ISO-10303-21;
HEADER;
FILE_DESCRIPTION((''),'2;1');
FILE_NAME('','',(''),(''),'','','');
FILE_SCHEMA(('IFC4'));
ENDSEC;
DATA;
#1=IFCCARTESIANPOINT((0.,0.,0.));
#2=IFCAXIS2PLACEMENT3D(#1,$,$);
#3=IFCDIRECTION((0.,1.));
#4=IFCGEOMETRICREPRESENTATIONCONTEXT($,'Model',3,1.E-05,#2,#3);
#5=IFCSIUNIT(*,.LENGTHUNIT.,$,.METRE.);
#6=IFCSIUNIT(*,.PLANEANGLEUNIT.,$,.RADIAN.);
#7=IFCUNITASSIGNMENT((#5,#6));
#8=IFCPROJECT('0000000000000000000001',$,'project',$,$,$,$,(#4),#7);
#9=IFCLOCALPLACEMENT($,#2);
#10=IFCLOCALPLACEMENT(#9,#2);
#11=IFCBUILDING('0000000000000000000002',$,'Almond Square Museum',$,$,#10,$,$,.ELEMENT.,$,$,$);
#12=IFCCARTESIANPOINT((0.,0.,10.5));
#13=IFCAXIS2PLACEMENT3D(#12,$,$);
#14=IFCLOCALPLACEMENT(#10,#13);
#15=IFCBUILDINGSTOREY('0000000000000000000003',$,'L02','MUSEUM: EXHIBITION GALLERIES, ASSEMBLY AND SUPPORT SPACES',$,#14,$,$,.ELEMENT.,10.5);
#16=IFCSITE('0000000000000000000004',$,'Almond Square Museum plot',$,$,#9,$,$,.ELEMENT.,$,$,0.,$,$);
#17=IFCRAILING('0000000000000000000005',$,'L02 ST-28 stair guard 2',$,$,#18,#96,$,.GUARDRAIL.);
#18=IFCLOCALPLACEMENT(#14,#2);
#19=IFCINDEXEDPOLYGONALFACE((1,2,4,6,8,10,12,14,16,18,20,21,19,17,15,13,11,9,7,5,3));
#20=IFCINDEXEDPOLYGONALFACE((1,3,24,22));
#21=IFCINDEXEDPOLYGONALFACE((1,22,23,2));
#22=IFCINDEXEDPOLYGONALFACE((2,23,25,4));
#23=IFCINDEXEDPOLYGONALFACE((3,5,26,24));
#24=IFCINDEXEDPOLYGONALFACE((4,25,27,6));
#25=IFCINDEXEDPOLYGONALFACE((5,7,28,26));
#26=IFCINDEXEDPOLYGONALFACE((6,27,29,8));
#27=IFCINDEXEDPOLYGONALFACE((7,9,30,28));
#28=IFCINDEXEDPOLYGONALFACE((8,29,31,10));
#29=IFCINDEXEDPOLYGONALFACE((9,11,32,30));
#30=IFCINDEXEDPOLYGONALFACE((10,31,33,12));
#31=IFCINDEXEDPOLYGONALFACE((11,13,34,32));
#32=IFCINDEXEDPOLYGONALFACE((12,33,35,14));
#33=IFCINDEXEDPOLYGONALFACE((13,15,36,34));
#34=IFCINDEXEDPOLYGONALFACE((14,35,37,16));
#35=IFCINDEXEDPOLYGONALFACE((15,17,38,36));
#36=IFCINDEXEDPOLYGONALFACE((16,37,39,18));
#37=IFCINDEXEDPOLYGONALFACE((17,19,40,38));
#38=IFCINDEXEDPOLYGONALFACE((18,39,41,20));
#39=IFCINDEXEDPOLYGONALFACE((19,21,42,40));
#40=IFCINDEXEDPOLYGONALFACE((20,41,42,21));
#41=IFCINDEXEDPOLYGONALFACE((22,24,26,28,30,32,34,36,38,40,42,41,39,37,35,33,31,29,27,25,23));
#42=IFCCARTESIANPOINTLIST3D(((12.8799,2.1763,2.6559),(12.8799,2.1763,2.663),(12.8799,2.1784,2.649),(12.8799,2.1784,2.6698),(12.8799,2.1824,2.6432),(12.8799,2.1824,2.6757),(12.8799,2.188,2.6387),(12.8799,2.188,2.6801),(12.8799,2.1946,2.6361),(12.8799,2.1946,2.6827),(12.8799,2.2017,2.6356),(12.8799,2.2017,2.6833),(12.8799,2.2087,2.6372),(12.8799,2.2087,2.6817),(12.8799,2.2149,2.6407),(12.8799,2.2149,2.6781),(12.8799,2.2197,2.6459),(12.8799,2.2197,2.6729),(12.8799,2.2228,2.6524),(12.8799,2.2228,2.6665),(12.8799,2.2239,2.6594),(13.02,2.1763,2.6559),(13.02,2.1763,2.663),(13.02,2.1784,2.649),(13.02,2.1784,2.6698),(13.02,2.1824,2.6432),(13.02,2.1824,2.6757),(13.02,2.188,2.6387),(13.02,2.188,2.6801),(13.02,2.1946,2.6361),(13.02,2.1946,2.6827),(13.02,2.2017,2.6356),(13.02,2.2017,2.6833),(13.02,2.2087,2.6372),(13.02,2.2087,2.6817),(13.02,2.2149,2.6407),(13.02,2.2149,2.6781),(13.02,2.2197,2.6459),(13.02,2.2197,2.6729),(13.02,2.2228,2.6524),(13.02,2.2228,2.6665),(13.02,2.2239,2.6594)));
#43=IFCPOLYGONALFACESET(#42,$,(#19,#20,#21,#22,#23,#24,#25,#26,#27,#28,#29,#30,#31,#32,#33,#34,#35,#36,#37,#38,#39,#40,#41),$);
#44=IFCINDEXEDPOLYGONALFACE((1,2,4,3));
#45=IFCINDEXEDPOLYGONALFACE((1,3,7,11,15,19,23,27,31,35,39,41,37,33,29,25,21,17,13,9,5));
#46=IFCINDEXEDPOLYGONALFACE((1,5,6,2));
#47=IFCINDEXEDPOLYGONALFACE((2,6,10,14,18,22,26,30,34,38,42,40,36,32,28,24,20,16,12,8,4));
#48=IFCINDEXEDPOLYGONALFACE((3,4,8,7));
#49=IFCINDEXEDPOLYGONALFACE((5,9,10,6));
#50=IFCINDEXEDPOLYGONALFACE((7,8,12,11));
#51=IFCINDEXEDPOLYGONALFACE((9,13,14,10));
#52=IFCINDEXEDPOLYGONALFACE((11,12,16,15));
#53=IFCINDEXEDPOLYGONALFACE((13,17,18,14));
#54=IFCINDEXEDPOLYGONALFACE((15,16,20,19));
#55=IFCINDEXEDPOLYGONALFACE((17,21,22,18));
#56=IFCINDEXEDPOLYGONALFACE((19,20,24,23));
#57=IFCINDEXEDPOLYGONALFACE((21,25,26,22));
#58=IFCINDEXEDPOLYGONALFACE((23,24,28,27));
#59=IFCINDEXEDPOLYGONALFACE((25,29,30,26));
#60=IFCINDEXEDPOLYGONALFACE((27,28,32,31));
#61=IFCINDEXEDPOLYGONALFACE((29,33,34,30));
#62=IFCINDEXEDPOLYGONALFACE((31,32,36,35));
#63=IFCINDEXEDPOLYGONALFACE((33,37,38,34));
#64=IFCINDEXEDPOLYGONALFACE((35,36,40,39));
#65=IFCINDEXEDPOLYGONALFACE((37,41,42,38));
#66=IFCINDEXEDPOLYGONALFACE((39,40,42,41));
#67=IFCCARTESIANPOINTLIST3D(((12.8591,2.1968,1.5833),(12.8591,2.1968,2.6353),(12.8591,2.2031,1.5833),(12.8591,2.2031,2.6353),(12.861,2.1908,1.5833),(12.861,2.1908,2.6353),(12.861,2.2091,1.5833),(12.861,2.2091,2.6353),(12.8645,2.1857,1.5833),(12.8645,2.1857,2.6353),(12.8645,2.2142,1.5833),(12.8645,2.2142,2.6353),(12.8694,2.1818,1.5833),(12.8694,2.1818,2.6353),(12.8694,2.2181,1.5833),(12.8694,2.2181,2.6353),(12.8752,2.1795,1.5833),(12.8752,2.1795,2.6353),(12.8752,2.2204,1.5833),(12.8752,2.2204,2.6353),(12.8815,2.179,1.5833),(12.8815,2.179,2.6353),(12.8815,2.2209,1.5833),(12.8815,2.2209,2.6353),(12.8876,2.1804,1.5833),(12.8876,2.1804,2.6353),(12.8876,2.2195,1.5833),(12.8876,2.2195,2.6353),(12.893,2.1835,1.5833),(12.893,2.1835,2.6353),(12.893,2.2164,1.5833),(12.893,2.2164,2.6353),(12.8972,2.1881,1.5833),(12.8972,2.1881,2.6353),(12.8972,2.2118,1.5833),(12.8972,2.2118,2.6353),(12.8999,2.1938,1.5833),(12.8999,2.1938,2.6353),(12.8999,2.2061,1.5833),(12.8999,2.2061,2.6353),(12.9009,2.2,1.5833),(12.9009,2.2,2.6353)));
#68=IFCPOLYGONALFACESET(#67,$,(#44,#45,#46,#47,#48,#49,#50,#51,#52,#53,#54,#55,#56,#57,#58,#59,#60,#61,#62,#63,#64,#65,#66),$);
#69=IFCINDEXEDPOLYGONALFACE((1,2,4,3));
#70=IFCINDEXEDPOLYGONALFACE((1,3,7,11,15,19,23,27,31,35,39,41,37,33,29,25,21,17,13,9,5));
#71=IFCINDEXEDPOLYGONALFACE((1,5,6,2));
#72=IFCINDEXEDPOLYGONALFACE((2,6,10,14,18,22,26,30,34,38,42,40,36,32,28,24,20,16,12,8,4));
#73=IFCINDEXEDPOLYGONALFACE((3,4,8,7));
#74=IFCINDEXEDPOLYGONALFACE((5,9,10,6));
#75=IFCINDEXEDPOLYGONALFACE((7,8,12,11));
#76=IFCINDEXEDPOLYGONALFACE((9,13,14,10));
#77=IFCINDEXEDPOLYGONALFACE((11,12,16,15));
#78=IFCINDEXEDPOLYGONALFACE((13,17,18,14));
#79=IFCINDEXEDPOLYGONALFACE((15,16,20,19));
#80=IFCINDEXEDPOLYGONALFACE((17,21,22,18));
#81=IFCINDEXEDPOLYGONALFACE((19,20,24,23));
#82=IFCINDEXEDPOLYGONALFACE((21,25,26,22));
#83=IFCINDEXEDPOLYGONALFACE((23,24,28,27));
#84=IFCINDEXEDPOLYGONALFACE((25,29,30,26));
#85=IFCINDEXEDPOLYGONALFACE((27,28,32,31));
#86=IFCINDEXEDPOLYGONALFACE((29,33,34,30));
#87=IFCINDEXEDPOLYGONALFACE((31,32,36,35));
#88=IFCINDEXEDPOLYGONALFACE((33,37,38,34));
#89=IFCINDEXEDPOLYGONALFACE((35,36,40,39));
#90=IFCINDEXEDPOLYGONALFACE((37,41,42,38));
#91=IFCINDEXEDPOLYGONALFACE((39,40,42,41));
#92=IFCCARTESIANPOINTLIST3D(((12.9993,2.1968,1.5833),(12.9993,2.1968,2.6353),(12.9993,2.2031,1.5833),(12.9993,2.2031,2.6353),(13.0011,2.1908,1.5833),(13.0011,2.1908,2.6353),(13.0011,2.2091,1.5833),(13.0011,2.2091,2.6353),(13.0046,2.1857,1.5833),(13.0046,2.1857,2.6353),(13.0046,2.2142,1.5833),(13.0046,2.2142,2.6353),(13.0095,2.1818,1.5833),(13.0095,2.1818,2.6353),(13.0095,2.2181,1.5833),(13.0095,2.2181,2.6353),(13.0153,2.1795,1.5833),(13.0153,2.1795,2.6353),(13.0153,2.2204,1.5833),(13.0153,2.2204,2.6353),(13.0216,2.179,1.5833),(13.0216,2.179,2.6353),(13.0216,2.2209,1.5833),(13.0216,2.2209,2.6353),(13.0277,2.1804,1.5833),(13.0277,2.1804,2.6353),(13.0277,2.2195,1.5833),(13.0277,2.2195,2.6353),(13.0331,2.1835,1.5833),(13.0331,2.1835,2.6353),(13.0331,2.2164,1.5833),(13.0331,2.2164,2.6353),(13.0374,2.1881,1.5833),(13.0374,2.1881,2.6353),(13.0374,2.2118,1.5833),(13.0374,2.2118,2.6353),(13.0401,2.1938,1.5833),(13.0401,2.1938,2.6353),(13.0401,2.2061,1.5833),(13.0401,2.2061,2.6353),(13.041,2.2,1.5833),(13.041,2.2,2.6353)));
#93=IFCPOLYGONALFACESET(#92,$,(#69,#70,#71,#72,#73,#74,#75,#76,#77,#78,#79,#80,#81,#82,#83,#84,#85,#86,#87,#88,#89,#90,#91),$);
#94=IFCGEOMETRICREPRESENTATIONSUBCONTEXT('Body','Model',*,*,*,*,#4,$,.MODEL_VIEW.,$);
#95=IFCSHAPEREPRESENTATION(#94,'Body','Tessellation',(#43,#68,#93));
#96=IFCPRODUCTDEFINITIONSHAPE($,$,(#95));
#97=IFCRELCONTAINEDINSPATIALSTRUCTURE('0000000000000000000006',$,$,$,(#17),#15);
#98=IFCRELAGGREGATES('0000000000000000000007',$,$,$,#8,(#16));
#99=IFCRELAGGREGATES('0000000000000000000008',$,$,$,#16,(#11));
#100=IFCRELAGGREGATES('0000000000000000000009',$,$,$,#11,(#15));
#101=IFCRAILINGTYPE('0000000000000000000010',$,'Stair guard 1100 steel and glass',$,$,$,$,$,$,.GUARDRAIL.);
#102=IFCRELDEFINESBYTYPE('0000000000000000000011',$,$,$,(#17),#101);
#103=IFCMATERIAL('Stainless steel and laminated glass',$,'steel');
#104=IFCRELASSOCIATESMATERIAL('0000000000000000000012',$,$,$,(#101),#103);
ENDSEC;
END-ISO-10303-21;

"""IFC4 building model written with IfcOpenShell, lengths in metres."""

from ifc_helpers import new_model, si_unit, direction, frame, origin, origin_2d, place, context, subcontext, project, spatial, circle, extrude, material, type_object, element, save


model = new_model("IFC4")

# Units and contexts
model_context = context("Model", 3, precision=1e-05, world=origin(), true_north=direction((0.0, 1.0)))
body_context = subcontext(model_context, "Body", "Model", "MODEL_VIEW")
ifc_project = project(units=[si_unit("LENGTHUNIT", "METRE"), si_unit("PLANEANGLEUNIT", "RADIAN")], contexts=[model_context])

# Site, building, storey
site_placement = place(None, origin())
site = spatial("IfcSite", under=ifc_project, at=site_placement, Name="Almond Square Museum plot", CompositionType="ELEMENT", RefElevation=0.0)
building_placement = place(site_placement, origin())
building = spatial("IfcBuilding", under=site, at=building_placement, Name="Almond Square Museum", CompositionType="ELEMENT")
storey_placement = place(building_placement, frame((0.0, 0.0, 10.5)))
storey = spatial("IfcBuildingStorey", under=building, at=storey_placement, Name="L02", Description="MUSEUM: EXHIBITION GALLERIES, ASSEMBLY AND SUPPORT SPACES", CompositionType="ELEMENT", Elevation=10.5)

# Railing
ifc_material_1 = material(Name="Stainless steel and laminated glass", Category="steel")
railing_type_1 = type_object("IfcRailingType", Name="Stair guard 1100 steel and glass", PredefinedType="GUARDRAIL", material=ifc_material_1)
railing_1_placement = place(storey_placement, frame((12.8799, 2.2, 1.5833)))
element("IfcRailing", 1, at=railing_1_placement, inside=storey, type_object=railing_type_1, Name="L02 ST-28 stair guard 2", PredefinedType="GUARDRAIL", context=body_context, shape_type="SweptSolid", body=[
    extrude(circle(Radius=0.0239, at=origin_2d()), frame((0.0, 0.0, 1.0762), z_axis=(1.0, 0.0, 0.0), x_axis=(0.0, 1.0, 0.0)), (0.0, 0.0, 1.0), 0.1401),
    extrude(circle(Radius=0.021, at=origin_2d()), origin(), (0.0, 0.0, 1.0), 1.052),
    extrude(circle(Radius=0.021, at=origin_2d()), frame((0.1401, 0.0, 0.0)), (0.0, 0.0, 1.0), 1.052),
])

save(model, "model.ifc")
